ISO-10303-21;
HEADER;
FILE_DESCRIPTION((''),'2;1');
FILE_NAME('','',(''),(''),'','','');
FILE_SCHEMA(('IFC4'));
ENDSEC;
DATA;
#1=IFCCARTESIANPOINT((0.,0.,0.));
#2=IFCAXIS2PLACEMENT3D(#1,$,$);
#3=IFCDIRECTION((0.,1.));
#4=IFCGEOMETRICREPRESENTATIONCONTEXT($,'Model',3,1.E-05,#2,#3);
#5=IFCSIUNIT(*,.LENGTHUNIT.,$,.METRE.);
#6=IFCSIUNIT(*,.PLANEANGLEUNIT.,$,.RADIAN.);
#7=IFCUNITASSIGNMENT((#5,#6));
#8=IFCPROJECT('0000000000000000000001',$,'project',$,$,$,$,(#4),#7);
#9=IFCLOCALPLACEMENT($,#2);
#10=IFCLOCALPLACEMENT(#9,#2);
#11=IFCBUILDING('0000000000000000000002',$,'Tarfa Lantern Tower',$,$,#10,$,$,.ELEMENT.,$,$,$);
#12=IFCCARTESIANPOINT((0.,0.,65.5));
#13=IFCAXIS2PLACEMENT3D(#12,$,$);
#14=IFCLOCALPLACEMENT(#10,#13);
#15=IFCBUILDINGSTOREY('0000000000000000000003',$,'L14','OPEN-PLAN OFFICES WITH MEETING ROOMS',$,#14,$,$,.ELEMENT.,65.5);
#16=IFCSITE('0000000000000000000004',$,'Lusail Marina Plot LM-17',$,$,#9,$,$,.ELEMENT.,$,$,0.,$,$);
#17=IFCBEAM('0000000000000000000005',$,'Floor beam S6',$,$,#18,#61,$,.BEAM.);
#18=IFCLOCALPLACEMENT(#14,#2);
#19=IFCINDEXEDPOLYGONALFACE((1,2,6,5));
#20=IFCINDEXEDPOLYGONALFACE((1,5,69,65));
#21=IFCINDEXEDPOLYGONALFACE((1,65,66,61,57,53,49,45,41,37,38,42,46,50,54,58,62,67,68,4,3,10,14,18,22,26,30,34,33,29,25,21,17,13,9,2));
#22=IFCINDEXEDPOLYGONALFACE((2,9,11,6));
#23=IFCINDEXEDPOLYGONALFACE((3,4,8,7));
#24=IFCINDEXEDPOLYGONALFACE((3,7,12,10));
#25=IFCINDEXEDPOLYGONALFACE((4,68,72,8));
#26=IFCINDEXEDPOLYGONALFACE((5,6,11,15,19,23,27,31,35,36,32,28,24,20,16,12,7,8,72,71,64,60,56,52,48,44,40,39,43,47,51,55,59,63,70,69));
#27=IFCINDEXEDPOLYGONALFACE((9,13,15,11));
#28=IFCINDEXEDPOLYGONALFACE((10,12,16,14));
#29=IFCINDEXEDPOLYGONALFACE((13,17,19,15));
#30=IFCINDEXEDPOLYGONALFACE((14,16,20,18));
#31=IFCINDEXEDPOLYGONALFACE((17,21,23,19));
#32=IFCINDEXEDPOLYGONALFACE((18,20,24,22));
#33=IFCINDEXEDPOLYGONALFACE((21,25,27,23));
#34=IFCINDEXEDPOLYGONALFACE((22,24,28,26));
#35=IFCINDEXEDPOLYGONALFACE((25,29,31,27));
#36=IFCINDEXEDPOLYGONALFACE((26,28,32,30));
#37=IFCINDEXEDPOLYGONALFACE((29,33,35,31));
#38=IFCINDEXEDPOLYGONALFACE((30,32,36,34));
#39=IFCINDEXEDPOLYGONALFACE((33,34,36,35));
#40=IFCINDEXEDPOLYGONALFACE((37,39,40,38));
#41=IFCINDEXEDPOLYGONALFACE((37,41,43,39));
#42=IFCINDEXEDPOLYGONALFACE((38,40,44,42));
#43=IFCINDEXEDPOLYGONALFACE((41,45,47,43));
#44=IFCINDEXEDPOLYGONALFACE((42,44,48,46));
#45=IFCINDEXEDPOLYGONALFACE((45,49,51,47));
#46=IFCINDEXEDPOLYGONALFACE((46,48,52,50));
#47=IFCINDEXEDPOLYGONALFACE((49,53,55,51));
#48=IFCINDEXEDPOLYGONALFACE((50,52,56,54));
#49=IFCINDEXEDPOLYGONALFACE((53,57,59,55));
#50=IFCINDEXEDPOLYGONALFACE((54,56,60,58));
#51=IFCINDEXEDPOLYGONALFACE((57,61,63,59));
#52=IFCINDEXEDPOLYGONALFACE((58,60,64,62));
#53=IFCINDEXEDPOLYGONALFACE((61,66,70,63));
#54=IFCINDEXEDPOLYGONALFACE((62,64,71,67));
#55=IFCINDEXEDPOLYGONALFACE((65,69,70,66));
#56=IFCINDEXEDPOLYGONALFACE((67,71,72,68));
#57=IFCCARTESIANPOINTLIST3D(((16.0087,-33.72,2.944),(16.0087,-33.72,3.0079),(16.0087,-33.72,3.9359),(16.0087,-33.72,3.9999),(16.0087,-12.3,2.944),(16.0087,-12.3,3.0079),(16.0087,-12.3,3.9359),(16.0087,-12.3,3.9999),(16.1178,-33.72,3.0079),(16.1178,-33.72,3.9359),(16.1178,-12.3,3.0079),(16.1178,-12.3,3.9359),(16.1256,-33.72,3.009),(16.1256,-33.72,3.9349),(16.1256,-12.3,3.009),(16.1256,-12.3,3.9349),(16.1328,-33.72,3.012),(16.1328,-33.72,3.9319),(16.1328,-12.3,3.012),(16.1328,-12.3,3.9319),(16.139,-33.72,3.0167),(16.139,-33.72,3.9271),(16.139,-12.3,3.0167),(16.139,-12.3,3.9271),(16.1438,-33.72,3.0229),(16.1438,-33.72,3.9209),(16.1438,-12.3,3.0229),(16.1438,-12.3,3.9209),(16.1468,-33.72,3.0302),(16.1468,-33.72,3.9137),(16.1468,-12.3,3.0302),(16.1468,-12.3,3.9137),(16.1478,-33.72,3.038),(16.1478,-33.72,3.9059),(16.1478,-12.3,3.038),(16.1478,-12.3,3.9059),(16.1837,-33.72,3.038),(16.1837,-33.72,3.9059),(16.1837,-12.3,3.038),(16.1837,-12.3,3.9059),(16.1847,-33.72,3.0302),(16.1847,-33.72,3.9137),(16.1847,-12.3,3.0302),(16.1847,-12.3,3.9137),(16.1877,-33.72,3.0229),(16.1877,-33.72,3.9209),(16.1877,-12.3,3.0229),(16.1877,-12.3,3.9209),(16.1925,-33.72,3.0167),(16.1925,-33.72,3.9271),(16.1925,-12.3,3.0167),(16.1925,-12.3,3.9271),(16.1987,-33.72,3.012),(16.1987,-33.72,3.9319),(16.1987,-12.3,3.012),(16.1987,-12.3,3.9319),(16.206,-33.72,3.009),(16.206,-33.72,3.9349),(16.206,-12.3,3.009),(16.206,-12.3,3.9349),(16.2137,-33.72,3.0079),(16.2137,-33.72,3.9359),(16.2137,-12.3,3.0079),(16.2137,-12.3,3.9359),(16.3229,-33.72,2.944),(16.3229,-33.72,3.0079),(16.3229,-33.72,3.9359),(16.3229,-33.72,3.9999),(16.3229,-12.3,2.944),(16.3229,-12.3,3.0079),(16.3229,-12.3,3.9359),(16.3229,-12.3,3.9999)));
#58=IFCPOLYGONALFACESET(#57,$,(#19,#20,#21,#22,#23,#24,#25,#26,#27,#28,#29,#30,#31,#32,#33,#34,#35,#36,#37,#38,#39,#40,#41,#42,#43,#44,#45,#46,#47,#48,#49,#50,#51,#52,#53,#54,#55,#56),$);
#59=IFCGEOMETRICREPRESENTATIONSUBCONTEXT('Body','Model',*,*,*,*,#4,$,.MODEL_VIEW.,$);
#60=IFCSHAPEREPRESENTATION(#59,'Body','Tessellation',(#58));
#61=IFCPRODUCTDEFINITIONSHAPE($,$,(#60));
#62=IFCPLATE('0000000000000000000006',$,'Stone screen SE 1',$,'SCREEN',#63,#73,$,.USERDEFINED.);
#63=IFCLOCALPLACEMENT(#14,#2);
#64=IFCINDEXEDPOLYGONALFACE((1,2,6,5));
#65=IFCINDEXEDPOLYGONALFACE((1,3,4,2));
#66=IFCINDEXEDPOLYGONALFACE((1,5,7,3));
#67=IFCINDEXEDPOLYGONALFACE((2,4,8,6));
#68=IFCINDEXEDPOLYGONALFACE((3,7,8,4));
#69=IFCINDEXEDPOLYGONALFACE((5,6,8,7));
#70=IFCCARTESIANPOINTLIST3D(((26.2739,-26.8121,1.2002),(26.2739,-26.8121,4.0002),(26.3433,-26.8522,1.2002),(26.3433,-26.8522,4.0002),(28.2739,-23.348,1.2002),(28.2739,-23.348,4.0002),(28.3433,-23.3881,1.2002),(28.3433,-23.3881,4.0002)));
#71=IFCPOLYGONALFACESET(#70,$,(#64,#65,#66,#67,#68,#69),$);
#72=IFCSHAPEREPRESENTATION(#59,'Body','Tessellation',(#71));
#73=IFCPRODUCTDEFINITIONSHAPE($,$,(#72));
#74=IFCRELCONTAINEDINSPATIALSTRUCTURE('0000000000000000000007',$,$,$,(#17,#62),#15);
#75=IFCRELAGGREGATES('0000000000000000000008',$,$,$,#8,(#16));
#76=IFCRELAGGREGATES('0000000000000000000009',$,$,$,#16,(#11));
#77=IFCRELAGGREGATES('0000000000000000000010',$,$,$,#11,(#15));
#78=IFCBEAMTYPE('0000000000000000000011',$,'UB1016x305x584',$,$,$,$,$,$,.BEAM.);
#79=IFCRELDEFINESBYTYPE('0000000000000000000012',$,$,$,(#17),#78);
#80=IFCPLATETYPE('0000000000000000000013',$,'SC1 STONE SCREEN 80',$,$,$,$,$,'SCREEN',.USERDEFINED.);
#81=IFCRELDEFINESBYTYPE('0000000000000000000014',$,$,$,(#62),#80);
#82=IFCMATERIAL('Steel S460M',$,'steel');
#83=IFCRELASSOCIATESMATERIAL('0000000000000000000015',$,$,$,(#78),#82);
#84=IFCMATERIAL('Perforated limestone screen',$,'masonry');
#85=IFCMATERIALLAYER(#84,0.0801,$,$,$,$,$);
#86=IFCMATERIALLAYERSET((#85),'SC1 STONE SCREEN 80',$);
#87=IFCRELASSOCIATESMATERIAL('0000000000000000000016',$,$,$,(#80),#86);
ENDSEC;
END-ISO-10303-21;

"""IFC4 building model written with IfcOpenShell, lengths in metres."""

from ifc_helpers import new_model, si_unit, direction, frame, origin, origin_2d, place, context, subcontext, project, spatial, rectangle, i_section, extrude, material, layer, layer_set, material_profile, profile_set, type_object, element, save


model = new_model("IFC4")

# Units and contexts
model_context = context("Model", 3, precision=1e-05, world=origin(), true_north=direction((0.0, 1.0)))
body_context = subcontext(model_context, "Body", "Model", "MODEL_VIEW")
ifc_project = project(units=[si_unit("LENGTHUNIT", "METRE"), si_unit("PLANEANGLEUNIT", "RADIAN")], contexts=[model_context])

# Site, building, storey
site_placement = place(None, origin())
site = spatial("IfcSite", under=ifc_project, at=site_placement, Name="Lusail Marina Plot LM-17", CompositionType="ELEMENT", RefElevation=0.0)
building_placement = place(site_placement, origin())
building = spatial("IfcBuilding", under=site, at=building_placement, Name="Tarfa Lantern Tower", CompositionType="ELEMENT")
storey_placement = place(building_placement, frame((0.0, 0.0, 65.5)))
storey = spatial("IfcBuildingStorey", under=building, at=storey_placement, Name="L14", Description="OPEN-PLAN OFFICES WITH MEETING ROOMS", CompositionType="ELEMENT", Elevation=65.5)

# Beam
ifc_material_1 = material(Name="Steel S460M", Category="steel")
ifc_material_profile_1 = material_profile(ifc_material_1, i_section(OverallWidth=0.3142, OverallDepth=1.0559, WebThickness=0.0359, FlangeThickness=0.064, FilletRadius=0.03, at=origin_2d()), Name="UB1016x305x584")
ifc_profile_set_1 = profile_set([ifc_material_profile_1], Name="Steel S460M")
beam_type_1 = type_object("IfcBeamType", Name="UB1016x305x584", PredefinedType="BEAM", material=ifc_profile_set_1)
beam_1_placement = place(storey_placement, frame((16.1658, -33.72, 3.4719), z_axis=(0.0, 1.0, 0.0), x_axis=(-1.0, 0.0, 0.0)))
element("IfcBeam", 1, at=beam_1_placement, inside=storey, type_object=beam_type_1, Name="Floor beam S6", PredefinedType="BEAM", context=body_context, shape_type="SweptSolid", body=[
    extrude(i_section(OverallWidth=0.3142, OverallDepth=1.0559, WebThickness=0.0359, FlangeThickness=0.064, FilletRadius=0.03, at=origin_2d()), origin(), (0.0, 0.0, 1.0), 21.4199),
])

# Plate
ifc_material_2 = material(Name="Perforated limestone screen", Category="masonry")
ifc_layer_1 = layer(ifc_material_2, 0.0801)
ifc_layer_set_1 = layer_set([ifc_layer_1], Name="SC1 STONE SCREEN 80")
plate_type = type_object("IfcPlateType", Name="SC1 STONE SCREEN 80", ElementType="SCREEN", PredefinedType="USERDEFINED", material=ifc_layer_set_1)
plate_placement = place(storey_placement, frame((27.3086, -25.1001, 1.2002), z_axis=(0.0, 0.0, 1.0), x_axis=(0.5, 0.866025, 0.0)))
element("IfcPlate", 2, at=plate_placement, inside=storey, type_object=plate_type, Name="Stone screen SE 1", ObjectType="SCREEN", PredefinedType="USERDEFINED", context=body_context, shape_type="SweptSolid", body=[
    extrude(rectangle(XDim=4.0, YDim=0.0801, at=origin_2d()), origin(), (0.0, 0.0, 1.0), 2.8),
])

save(model, "model.ifc")
